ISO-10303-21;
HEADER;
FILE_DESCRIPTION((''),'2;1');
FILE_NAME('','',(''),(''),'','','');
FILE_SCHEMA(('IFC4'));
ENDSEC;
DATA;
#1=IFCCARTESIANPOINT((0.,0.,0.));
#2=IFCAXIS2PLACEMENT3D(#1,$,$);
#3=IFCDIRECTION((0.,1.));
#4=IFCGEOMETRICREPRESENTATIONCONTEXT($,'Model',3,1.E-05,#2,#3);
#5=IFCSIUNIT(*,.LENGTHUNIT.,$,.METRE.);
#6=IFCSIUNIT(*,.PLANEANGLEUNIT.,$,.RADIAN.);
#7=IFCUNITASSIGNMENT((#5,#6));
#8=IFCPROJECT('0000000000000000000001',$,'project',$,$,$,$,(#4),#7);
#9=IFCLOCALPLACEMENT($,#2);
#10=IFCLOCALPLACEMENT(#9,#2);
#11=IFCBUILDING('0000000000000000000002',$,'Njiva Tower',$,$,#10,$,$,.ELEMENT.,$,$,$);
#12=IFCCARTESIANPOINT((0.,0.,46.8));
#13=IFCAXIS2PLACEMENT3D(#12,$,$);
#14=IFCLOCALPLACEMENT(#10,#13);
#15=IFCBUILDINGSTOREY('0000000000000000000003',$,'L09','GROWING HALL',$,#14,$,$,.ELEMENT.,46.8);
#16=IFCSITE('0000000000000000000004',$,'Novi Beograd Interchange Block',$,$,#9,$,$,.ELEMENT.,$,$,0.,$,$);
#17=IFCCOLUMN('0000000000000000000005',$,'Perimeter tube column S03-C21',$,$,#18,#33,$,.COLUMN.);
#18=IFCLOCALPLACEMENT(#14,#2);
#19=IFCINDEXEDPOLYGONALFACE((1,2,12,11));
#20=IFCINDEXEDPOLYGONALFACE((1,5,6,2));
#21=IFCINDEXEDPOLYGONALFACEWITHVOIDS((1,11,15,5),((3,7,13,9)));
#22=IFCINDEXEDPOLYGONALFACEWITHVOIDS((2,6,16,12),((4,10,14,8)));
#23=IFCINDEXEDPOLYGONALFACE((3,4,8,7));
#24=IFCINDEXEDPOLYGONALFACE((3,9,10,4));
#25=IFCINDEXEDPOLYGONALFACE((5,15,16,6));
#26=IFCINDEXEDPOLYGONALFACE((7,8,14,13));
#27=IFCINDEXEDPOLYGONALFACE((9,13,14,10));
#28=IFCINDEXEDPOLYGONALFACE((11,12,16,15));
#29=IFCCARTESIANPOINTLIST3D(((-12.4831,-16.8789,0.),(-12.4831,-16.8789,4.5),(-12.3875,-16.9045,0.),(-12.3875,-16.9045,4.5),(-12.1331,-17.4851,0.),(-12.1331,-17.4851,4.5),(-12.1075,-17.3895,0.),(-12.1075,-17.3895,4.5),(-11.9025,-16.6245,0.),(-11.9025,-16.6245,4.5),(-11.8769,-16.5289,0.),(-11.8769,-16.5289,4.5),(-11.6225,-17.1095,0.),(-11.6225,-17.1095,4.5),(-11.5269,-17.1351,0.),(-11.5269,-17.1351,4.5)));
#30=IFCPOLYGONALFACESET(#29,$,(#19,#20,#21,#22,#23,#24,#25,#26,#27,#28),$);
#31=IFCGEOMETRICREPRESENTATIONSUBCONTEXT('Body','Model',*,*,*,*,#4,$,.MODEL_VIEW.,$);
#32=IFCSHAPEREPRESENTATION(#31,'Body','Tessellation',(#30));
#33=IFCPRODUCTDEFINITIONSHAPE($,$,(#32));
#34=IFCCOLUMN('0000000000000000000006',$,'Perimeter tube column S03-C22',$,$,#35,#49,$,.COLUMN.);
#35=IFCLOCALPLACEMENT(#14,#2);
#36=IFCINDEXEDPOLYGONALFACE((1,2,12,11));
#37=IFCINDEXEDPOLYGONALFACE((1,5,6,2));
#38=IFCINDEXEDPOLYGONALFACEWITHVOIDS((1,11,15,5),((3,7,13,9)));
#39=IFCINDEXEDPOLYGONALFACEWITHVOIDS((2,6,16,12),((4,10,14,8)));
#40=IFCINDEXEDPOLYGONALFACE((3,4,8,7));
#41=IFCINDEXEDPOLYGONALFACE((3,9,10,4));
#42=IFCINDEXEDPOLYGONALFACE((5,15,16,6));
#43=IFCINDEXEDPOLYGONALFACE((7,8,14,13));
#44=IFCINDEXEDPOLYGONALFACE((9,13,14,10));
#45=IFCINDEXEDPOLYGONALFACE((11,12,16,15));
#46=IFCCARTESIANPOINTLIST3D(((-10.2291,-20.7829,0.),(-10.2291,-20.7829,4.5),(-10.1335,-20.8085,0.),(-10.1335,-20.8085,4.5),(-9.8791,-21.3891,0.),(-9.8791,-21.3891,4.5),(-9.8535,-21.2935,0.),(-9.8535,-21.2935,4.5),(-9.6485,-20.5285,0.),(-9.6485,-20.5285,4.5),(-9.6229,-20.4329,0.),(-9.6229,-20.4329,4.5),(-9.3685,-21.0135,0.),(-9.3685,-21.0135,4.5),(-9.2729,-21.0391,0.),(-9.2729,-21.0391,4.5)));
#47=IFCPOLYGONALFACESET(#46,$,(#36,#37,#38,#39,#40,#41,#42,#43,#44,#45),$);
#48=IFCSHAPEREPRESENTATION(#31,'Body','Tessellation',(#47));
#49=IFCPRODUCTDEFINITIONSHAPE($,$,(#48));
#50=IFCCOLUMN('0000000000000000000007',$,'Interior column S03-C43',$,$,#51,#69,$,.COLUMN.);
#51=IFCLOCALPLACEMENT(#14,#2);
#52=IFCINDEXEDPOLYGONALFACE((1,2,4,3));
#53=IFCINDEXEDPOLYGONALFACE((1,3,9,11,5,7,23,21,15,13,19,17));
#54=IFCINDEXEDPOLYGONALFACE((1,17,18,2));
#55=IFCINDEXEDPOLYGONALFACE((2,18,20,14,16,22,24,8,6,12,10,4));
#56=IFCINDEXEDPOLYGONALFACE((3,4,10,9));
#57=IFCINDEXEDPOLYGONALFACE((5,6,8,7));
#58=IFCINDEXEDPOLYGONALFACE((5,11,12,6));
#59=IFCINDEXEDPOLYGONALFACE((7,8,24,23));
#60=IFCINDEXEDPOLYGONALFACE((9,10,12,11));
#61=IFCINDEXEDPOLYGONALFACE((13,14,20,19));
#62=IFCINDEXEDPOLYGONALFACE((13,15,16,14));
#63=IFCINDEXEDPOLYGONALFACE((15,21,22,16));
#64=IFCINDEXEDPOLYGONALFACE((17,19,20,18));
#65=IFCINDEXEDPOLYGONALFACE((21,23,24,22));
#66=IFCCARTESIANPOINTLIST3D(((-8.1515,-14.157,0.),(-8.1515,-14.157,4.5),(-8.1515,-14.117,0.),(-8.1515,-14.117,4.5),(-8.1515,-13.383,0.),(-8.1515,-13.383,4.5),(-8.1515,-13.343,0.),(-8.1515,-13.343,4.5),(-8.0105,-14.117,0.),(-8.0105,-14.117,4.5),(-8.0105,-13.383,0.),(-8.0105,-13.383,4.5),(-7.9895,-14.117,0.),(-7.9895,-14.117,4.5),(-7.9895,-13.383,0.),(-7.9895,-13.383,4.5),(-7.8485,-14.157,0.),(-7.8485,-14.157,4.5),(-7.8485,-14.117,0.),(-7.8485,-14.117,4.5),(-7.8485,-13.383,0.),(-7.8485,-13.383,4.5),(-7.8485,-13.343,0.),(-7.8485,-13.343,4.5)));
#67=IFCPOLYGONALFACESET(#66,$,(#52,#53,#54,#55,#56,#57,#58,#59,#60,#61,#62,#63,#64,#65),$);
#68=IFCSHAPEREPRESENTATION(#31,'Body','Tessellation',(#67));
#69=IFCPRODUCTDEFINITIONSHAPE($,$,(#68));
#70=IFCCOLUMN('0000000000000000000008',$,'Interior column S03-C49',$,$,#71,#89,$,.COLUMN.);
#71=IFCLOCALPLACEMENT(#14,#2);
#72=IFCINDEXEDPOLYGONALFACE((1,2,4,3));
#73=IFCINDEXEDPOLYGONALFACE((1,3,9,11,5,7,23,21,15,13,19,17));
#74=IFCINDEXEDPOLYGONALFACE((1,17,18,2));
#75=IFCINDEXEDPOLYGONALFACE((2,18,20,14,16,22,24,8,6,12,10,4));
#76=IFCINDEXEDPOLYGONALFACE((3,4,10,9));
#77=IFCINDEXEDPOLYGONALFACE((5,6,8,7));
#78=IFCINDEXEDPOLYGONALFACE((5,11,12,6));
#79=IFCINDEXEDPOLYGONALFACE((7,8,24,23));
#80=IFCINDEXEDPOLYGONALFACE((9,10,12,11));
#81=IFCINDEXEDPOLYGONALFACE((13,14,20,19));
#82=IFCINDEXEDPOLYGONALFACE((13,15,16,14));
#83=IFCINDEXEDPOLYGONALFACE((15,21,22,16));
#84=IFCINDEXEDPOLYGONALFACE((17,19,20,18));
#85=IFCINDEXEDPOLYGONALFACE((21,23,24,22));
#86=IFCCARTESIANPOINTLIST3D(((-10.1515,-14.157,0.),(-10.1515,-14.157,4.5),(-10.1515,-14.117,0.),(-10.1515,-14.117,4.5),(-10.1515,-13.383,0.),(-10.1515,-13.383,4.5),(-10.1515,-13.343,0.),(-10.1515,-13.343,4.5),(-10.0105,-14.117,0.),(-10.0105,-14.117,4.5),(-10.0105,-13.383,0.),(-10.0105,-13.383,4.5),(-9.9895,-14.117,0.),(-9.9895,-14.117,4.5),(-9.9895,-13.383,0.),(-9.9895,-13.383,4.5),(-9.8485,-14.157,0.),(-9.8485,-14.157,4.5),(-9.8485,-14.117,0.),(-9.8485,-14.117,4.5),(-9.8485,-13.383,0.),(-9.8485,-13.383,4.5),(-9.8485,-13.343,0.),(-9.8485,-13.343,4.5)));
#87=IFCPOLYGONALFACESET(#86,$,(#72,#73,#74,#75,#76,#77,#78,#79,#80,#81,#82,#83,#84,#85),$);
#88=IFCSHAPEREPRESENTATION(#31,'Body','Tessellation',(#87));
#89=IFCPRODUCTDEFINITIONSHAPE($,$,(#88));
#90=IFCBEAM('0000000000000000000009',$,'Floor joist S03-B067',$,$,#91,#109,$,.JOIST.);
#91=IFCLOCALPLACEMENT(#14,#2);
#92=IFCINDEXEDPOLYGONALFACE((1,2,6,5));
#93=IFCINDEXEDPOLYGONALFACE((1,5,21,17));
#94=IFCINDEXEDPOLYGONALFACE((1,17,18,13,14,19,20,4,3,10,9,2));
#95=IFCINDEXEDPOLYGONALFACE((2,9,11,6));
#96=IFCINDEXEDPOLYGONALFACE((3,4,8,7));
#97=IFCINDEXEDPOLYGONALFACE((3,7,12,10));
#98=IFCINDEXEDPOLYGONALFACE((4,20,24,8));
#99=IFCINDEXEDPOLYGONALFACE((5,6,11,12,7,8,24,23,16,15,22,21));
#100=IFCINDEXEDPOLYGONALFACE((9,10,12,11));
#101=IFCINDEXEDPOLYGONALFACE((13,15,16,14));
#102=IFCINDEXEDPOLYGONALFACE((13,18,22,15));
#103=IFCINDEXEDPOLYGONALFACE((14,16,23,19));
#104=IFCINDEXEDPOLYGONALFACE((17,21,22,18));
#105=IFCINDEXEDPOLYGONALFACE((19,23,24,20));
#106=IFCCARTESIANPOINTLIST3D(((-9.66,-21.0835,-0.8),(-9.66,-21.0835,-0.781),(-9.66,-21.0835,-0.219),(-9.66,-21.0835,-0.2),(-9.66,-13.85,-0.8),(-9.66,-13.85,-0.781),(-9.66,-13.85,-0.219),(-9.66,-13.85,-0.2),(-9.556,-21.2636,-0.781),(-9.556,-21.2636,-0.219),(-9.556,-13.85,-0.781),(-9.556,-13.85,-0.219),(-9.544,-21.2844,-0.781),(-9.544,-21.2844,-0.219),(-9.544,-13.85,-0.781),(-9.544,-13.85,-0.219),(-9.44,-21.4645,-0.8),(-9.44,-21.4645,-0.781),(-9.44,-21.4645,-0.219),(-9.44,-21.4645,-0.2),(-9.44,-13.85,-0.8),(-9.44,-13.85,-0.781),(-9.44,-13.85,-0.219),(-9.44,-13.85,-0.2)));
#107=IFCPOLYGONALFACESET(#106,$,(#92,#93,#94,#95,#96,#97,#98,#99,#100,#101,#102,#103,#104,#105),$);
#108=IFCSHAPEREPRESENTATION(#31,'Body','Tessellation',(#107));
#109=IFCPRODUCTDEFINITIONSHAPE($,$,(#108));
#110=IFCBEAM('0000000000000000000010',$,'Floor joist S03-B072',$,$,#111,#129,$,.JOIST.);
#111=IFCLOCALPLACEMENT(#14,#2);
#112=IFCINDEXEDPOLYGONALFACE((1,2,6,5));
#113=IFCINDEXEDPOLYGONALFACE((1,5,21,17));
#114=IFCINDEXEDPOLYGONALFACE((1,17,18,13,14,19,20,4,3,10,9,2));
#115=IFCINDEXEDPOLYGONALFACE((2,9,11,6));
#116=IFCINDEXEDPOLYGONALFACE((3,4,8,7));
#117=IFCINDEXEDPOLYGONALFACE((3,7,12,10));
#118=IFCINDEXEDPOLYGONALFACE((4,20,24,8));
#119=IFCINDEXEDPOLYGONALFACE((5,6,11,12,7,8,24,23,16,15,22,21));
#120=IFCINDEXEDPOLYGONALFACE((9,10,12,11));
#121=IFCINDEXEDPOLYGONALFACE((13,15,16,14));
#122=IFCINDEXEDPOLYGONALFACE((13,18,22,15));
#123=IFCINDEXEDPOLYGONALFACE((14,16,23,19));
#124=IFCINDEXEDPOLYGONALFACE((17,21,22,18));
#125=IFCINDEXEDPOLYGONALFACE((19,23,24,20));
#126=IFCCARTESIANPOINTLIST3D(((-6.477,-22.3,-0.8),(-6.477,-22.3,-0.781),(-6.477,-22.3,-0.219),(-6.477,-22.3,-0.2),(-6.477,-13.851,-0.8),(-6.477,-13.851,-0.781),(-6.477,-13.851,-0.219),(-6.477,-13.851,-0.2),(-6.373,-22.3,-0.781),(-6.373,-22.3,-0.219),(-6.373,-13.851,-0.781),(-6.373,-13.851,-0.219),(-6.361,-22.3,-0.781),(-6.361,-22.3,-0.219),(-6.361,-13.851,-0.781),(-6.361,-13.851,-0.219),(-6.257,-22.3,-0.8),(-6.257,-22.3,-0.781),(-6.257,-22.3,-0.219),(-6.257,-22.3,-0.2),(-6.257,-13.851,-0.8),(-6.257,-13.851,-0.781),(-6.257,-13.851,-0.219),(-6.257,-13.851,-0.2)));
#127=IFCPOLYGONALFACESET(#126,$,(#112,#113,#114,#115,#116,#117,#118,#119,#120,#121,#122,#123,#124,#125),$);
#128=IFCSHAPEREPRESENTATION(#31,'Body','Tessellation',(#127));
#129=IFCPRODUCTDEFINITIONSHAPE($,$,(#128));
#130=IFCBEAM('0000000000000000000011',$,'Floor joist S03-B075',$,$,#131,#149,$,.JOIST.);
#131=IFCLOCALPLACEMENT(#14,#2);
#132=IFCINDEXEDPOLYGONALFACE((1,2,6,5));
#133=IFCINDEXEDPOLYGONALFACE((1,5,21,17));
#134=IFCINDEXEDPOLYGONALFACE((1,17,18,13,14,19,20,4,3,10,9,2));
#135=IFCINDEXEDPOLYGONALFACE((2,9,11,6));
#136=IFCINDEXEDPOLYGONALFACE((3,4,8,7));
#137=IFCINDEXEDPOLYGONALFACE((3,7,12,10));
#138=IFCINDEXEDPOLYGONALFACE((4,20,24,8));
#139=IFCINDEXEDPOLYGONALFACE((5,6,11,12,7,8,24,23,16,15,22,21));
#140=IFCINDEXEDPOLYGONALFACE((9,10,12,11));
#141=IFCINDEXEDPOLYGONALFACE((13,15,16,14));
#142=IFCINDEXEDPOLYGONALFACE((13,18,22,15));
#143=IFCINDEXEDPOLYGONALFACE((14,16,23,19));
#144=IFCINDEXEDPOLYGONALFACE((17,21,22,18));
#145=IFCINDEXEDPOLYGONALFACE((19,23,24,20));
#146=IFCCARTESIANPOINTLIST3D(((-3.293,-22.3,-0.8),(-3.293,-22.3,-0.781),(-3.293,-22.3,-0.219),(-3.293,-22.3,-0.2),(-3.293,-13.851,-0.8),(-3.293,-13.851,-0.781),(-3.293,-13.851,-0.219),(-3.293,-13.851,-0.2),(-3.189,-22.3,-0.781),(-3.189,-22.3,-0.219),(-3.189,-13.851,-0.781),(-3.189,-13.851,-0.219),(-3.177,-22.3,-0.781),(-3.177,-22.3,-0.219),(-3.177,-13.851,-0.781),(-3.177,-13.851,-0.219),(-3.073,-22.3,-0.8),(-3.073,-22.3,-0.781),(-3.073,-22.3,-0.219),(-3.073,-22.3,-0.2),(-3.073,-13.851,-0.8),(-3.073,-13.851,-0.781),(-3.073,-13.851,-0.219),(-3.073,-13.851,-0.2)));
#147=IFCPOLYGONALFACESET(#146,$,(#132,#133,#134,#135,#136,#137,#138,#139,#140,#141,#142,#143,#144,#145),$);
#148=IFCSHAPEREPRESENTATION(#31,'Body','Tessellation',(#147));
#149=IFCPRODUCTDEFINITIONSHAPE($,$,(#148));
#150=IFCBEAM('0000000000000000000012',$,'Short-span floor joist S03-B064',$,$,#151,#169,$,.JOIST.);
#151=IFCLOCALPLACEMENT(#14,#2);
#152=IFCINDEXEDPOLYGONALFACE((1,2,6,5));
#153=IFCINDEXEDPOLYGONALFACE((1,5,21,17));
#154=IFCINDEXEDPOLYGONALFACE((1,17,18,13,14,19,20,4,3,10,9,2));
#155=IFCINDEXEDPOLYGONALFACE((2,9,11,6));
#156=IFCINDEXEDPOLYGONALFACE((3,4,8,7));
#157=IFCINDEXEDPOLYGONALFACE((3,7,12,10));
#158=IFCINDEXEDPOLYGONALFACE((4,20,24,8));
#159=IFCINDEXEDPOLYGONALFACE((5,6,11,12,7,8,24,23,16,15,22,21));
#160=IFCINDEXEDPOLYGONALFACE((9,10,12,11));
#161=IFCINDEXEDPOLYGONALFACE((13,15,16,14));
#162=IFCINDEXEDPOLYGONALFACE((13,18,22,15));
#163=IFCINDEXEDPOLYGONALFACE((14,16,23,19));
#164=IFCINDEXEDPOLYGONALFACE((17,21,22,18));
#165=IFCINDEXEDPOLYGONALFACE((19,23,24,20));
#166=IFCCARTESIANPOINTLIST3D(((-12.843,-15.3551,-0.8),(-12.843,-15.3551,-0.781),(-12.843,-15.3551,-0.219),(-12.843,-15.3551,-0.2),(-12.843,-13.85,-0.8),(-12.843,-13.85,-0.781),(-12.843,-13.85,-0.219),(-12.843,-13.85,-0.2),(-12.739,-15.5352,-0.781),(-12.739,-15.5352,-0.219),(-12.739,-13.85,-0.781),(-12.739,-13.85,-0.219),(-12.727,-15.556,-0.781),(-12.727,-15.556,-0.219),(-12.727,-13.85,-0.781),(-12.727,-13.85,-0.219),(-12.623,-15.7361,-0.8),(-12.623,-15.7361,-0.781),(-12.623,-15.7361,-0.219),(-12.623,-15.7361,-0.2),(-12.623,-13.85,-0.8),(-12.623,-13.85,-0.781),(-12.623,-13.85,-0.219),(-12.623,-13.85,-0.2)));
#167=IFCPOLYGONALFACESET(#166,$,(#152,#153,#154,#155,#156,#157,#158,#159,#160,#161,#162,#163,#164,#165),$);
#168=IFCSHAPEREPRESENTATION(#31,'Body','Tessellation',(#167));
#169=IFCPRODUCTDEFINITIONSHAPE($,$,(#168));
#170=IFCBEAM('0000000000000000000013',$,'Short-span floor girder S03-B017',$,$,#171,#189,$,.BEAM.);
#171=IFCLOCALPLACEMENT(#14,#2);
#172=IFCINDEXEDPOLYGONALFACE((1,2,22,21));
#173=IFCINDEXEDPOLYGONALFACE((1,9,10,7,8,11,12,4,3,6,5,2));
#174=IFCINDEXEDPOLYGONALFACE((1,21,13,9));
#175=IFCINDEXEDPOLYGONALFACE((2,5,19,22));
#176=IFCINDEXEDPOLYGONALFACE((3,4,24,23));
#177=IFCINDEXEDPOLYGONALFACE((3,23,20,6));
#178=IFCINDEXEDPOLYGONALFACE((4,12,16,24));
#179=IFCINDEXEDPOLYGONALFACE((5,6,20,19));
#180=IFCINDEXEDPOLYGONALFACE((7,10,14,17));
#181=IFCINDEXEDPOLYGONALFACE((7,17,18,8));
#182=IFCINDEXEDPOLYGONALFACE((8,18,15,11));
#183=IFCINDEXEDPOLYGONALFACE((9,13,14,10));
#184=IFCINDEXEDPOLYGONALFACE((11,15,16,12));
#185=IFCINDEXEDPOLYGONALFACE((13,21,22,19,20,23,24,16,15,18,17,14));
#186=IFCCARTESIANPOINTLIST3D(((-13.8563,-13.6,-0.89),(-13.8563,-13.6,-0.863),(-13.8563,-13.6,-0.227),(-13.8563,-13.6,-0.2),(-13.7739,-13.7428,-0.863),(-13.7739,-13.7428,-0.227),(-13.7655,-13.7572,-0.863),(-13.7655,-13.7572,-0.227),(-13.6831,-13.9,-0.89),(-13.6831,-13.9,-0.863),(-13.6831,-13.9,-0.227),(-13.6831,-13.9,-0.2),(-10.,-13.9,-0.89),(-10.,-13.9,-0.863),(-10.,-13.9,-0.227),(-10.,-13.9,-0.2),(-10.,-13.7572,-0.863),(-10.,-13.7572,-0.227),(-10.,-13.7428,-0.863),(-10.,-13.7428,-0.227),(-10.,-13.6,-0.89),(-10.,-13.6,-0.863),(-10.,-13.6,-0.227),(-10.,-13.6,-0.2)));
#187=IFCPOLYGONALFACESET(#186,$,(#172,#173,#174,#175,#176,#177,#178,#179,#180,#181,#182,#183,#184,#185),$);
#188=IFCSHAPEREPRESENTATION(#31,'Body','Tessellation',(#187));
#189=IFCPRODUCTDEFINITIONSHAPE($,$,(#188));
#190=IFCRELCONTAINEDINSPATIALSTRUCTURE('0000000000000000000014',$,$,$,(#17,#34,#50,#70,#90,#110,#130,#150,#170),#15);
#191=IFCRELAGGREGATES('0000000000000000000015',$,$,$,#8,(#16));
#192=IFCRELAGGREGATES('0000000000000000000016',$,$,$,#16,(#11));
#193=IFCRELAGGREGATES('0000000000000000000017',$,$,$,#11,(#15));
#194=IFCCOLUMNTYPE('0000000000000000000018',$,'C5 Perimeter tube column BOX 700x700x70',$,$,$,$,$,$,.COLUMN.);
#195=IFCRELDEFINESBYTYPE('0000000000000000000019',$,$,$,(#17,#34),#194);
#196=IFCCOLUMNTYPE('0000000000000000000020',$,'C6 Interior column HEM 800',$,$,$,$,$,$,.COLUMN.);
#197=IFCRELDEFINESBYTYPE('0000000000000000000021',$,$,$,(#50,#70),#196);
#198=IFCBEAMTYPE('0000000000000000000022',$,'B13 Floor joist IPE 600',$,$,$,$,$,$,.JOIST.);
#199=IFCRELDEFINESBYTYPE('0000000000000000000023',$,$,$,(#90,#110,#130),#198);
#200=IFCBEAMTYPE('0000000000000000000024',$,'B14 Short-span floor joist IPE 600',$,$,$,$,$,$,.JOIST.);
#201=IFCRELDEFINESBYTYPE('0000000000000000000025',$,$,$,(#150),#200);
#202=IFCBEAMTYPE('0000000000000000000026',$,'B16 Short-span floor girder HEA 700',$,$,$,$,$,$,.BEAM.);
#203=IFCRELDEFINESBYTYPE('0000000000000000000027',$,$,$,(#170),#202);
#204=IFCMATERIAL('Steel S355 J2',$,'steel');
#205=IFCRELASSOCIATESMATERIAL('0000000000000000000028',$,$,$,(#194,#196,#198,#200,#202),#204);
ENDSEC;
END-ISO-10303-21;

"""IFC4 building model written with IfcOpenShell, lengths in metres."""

from ifc_helpers import new_model, si_unit, direction, frame, origin, origin_2d, place, context, subcontext, project, spatial, hollow_rectangle, i_section, extrude, clip, halfspace, material, material_profile, profile_set, type_object, element, save


model = new_model("IFC4")

# Units and contexts
model_context = context("Model", 3, precision=1e-05, world=origin(), true_north=direction((0.0, 1.0)))
body_context = subcontext(model_context, "Body", "Model", "MODEL_VIEW")
ifc_project = project(units=[si_unit("LENGTHUNIT", "METRE"), si_unit("PLANEANGLEUNIT", "RADIAN")], contexts=[model_context])

# Site, building, storey
site_placement = place(None, origin())
site = spatial("IfcSite", under=ifc_project, at=site_placement, Name="Novi Beograd Interchange Block", CompositionType="ELEMENT", RefElevation=0.0)
building_placement = place(site_placement, origin())
building = spatial("IfcBuilding", under=site, at=building_placement, Name="Njiva Tower", CompositionType="ELEMENT")
storey_placement = place(building_placement, frame((0.0, 0.0, 46.8)))
storey = spatial("IfcBuildingStorey", under=building, at=storey_placement, Name="L09", Description="GROWING HALL", CompositionType="ELEMENT", Elevation=46.8)

# Columns
ifc_material_1 = material(Name="Steel S355 J2", Category="steel")
ifc_material_profile_1 = material_profile(ifc_material_1, hollow_rectangle(XDim=0.7, YDim=0.7, WallThickness=0.07, at=origin_2d()), Name="BOX 700x700x70")
ifc_profile_set_1 = profile_set([ifc_material_profile_1], Name="Steel S355 J2")
column_type_1 = type_object("IfcColumnType", Name="C5 Perimeter tube column BOX 700x700x70", PredefinedType="COLUMN", material=ifc_profile_set_1)
for number, where, z_axis, x_axis, name in (
    (1, (-12.005, -17.007, 0.0), (0.0, 0.0, 1.0), (0.5, -0.866025, 0.0), "Perimeter tube column S03-C21"),
    (2, (-9.751, -20.911, 0.0), (0.0, 0.0, 1.0), (0.5, -0.866025, 0.0), "Perimeter tube column S03-C22"),
):
    element("IfcColumn", number, at=place(storey_placement, frame(where, z_axis=z_axis, x_axis=x_axis)), inside=storey, type_object=column_type_1, Name=name, PredefinedType="COLUMN", context=body_context, shape_type="SweptSolid", body=[
        extrude(hollow_rectangle(XDim=0.7, YDim=0.7, WallThickness=0.07, at=origin_2d()), origin(), (0.0, 0.0, 1.0), 4.5),
    ])
ifc_material_profile_2 = material_profile(ifc_material_1, i_section(OverallWidth=0.303, OverallDepth=0.814, WebThickness=0.021, FlangeThickness=0.04, at=origin_2d()), Name="HEM 800")
ifc_profile_set_2 = profile_set([ifc_material_profile_2], Name="Steel S355 J2")
column_type_2 = type_object("IfcColumnType", Name="C6 Interior column HEM 800", PredefinedType="COLUMN", material=ifc_profile_set_2)
for number, where, z_axis, x_axis, name in (
    (3, (-8.0, -13.75, 0.0), (0.0, 0.0, 1.0), (1.0, 0.0, 0.0), "Interior column S03-C43"),
    (4, (-10.0, -13.75, 0.0), (0.0, 0.0, 1.0), (1.0, 0.0, 0.0), "Interior column S03-C49"),
):
    element("IfcColumn", number, at=place(storey_placement, frame(where, z_axis=z_axis, x_axis=x_axis)), inside=storey, type_object=column_type_2, Name=name, PredefinedType="COLUMN", context=body_context, shape_type="SweptSolid", body=[
        extrude(i_section(OverallWidth=0.303, OverallDepth=0.814, WebThickness=0.021, FlangeThickness=0.04, at=origin_2d()), origin(), (0.0, 0.0, 1.0), 4.5),
    ])

# Beams
ifc_material_profile_3 = material_profile(ifc_material_1, i_section(OverallWidth=0.22, OverallDepth=0.6, WebThickness=0.012, FlangeThickness=0.019, at=origin_2d()), Name="IPE 600")
ifc_profile_set_3 = profile_set([ifc_material_profile_3], Name="Steel S355 J2")
beam_type_1 = type_object("IfcBeamType", Name="B13 Floor joist IPE 600", PredefinedType="JOIST", material=ifc_profile_set_3)
beam_1_placement = place(storey_placement, frame((-9.55, -13.85, -0.5), z_axis=(0.0, -1.0, 0.0), x_axis=(1.0, 0.0, 0.0)))
element("IfcBeam", 5, at=beam_1_placement, inside=storey, type_object=beam_type_1, Name="Floor joist S03-B067", PredefinedType="JOIST", context=body_context, shape_type="Clipping", body=[
    clip(extrude(i_section(OverallWidth=0.22, OverallDepth=0.6, WebThickness=0.012, FlangeThickness=0.019, at=origin_2d()), origin(), (0.0, 0.0, 1.0), 7.635), halfspace(frame((-0.0433, 0.0, 7.349), z_axis=(-0.866027, 0.0, 0.499998), x_axis=(0.0, 1.0, 0.0)), False)),
])
for number, where, z_axis, x_axis, name in (
    (6, (-6.367, -13.851, -0.5), (0.0, -1.0, 0.0), (1.0, 0.0, 0.0), "Floor joist S03-B072"),
    (7, (-3.183, -13.851, -0.5), (0.0, -1.0, 0.0), (1.0, 0.0, 0.0), "Floor joist S03-B075"),
):
    element("IfcBeam", number, at=place(storey_placement, frame(where, z_axis=z_axis, x_axis=x_axis)), inside=storey, type_object=beam_type_1, Name=name, PredefinedType="JOIST", context=body_context, shape_type="SweptSolid", body=[
        extrude(i_section(OverallWidth=0.22, OverallDepth=0.6, WebThickness=0.012, FlangeThickness=0.019, at=origin_2d()), origin(), (0.0, 0.0, 1.0), 8.449),
    ])
ifc_material_profile_4 = material_profile(ifc_material_1, i_section(OverallWidth=0.22, OverallDepth=0.6, WebThickness=0.012, FlangeThickness=0.019, at=origin_2d()), Name="IPE 600")
ifc_profile_set_4 = profile_set([ifc_material_profile_4], Name="Steel S355 J2")
beam_type_2 = type_object("IfcBeamType", Name="B14 Short-span floor joist IPE 600", PredefinedType="JOIST", material=ifc_profile_set_4)
beam_2_placement = place(storey_placement, frame((-12.733, -13.85, -0.5), z_axis=(0.0, -1.0, 0.0), x_axis=(1.0, 0.0, 0.0)))
element("IfcBeam", 8, at=beam_2_placement, inside=storey, type_object=beam_type_2, Name="Short-span floor joist S03-B064", PredefinedType="JOIST", context=body_context, shape_type="Clipping", body=[
    clip(extrude(i_section(OverallWidth=0.22, OverallDepth=0.6, WebThickness=0.012, FlangeThickness=0.019, at=origin_2d()), origin(), (0.0, 0.0, 1.0), 1.906), halfspace(frame((-0.0436, 0.0, 1.6201), z_axis=(-0.866027, 0.0, 0.499998), x_axis=(0.0, 1.0, 0.0)), False)),
])
ifc_material_profile_5 = material_profile(ifc_material_1, i_section(OverallWidth=0.3, OverallDepth=0.69, WebThickness=0.0145, FlangeThickness=0.027, at=origin_2d()), Name="HEA 700")
ifc_profile_set_5 = profile_set([ifc_material_profile_5], Name="Steel S355 J2")
beam_type_3 = type_object("IfcBeamType", Name="B16 Short-span floor girder HEA 700", PredefinedType="BEAM", material=ifc_profile_set_5)
beam_3_placement = place(storey_placement, frame((-13.877, -13.75, -0.545), z_axis=(1.0, 0.0, 0.0), x_axis=(0.0, 1.0, 0.0)))
element("IfcBeam", 9, at=beam_3_placement, inside=storey, type_object=beam_type_3, Name="Short-span floor girder S03-B017", PredefinedType="BEAM", context=body_context, shape_type="Clipping", body=[
    clip(extrude(i_section(OverallWidth=0.3, OverallDepth=0.69, WebThickness=0.0145, FlangeThickness=0.027, at=origin_2d()), origin(), (0.0, 0.0, 1.0), 3.877), halfspace(frame((-0.025, 0.0, 0.1217), z_axis=(-0.499998, 0.0, -0.866027), x_axis=(0.0, -1.0, 0.0)), False)),
])

save(model, "model.ifc")
